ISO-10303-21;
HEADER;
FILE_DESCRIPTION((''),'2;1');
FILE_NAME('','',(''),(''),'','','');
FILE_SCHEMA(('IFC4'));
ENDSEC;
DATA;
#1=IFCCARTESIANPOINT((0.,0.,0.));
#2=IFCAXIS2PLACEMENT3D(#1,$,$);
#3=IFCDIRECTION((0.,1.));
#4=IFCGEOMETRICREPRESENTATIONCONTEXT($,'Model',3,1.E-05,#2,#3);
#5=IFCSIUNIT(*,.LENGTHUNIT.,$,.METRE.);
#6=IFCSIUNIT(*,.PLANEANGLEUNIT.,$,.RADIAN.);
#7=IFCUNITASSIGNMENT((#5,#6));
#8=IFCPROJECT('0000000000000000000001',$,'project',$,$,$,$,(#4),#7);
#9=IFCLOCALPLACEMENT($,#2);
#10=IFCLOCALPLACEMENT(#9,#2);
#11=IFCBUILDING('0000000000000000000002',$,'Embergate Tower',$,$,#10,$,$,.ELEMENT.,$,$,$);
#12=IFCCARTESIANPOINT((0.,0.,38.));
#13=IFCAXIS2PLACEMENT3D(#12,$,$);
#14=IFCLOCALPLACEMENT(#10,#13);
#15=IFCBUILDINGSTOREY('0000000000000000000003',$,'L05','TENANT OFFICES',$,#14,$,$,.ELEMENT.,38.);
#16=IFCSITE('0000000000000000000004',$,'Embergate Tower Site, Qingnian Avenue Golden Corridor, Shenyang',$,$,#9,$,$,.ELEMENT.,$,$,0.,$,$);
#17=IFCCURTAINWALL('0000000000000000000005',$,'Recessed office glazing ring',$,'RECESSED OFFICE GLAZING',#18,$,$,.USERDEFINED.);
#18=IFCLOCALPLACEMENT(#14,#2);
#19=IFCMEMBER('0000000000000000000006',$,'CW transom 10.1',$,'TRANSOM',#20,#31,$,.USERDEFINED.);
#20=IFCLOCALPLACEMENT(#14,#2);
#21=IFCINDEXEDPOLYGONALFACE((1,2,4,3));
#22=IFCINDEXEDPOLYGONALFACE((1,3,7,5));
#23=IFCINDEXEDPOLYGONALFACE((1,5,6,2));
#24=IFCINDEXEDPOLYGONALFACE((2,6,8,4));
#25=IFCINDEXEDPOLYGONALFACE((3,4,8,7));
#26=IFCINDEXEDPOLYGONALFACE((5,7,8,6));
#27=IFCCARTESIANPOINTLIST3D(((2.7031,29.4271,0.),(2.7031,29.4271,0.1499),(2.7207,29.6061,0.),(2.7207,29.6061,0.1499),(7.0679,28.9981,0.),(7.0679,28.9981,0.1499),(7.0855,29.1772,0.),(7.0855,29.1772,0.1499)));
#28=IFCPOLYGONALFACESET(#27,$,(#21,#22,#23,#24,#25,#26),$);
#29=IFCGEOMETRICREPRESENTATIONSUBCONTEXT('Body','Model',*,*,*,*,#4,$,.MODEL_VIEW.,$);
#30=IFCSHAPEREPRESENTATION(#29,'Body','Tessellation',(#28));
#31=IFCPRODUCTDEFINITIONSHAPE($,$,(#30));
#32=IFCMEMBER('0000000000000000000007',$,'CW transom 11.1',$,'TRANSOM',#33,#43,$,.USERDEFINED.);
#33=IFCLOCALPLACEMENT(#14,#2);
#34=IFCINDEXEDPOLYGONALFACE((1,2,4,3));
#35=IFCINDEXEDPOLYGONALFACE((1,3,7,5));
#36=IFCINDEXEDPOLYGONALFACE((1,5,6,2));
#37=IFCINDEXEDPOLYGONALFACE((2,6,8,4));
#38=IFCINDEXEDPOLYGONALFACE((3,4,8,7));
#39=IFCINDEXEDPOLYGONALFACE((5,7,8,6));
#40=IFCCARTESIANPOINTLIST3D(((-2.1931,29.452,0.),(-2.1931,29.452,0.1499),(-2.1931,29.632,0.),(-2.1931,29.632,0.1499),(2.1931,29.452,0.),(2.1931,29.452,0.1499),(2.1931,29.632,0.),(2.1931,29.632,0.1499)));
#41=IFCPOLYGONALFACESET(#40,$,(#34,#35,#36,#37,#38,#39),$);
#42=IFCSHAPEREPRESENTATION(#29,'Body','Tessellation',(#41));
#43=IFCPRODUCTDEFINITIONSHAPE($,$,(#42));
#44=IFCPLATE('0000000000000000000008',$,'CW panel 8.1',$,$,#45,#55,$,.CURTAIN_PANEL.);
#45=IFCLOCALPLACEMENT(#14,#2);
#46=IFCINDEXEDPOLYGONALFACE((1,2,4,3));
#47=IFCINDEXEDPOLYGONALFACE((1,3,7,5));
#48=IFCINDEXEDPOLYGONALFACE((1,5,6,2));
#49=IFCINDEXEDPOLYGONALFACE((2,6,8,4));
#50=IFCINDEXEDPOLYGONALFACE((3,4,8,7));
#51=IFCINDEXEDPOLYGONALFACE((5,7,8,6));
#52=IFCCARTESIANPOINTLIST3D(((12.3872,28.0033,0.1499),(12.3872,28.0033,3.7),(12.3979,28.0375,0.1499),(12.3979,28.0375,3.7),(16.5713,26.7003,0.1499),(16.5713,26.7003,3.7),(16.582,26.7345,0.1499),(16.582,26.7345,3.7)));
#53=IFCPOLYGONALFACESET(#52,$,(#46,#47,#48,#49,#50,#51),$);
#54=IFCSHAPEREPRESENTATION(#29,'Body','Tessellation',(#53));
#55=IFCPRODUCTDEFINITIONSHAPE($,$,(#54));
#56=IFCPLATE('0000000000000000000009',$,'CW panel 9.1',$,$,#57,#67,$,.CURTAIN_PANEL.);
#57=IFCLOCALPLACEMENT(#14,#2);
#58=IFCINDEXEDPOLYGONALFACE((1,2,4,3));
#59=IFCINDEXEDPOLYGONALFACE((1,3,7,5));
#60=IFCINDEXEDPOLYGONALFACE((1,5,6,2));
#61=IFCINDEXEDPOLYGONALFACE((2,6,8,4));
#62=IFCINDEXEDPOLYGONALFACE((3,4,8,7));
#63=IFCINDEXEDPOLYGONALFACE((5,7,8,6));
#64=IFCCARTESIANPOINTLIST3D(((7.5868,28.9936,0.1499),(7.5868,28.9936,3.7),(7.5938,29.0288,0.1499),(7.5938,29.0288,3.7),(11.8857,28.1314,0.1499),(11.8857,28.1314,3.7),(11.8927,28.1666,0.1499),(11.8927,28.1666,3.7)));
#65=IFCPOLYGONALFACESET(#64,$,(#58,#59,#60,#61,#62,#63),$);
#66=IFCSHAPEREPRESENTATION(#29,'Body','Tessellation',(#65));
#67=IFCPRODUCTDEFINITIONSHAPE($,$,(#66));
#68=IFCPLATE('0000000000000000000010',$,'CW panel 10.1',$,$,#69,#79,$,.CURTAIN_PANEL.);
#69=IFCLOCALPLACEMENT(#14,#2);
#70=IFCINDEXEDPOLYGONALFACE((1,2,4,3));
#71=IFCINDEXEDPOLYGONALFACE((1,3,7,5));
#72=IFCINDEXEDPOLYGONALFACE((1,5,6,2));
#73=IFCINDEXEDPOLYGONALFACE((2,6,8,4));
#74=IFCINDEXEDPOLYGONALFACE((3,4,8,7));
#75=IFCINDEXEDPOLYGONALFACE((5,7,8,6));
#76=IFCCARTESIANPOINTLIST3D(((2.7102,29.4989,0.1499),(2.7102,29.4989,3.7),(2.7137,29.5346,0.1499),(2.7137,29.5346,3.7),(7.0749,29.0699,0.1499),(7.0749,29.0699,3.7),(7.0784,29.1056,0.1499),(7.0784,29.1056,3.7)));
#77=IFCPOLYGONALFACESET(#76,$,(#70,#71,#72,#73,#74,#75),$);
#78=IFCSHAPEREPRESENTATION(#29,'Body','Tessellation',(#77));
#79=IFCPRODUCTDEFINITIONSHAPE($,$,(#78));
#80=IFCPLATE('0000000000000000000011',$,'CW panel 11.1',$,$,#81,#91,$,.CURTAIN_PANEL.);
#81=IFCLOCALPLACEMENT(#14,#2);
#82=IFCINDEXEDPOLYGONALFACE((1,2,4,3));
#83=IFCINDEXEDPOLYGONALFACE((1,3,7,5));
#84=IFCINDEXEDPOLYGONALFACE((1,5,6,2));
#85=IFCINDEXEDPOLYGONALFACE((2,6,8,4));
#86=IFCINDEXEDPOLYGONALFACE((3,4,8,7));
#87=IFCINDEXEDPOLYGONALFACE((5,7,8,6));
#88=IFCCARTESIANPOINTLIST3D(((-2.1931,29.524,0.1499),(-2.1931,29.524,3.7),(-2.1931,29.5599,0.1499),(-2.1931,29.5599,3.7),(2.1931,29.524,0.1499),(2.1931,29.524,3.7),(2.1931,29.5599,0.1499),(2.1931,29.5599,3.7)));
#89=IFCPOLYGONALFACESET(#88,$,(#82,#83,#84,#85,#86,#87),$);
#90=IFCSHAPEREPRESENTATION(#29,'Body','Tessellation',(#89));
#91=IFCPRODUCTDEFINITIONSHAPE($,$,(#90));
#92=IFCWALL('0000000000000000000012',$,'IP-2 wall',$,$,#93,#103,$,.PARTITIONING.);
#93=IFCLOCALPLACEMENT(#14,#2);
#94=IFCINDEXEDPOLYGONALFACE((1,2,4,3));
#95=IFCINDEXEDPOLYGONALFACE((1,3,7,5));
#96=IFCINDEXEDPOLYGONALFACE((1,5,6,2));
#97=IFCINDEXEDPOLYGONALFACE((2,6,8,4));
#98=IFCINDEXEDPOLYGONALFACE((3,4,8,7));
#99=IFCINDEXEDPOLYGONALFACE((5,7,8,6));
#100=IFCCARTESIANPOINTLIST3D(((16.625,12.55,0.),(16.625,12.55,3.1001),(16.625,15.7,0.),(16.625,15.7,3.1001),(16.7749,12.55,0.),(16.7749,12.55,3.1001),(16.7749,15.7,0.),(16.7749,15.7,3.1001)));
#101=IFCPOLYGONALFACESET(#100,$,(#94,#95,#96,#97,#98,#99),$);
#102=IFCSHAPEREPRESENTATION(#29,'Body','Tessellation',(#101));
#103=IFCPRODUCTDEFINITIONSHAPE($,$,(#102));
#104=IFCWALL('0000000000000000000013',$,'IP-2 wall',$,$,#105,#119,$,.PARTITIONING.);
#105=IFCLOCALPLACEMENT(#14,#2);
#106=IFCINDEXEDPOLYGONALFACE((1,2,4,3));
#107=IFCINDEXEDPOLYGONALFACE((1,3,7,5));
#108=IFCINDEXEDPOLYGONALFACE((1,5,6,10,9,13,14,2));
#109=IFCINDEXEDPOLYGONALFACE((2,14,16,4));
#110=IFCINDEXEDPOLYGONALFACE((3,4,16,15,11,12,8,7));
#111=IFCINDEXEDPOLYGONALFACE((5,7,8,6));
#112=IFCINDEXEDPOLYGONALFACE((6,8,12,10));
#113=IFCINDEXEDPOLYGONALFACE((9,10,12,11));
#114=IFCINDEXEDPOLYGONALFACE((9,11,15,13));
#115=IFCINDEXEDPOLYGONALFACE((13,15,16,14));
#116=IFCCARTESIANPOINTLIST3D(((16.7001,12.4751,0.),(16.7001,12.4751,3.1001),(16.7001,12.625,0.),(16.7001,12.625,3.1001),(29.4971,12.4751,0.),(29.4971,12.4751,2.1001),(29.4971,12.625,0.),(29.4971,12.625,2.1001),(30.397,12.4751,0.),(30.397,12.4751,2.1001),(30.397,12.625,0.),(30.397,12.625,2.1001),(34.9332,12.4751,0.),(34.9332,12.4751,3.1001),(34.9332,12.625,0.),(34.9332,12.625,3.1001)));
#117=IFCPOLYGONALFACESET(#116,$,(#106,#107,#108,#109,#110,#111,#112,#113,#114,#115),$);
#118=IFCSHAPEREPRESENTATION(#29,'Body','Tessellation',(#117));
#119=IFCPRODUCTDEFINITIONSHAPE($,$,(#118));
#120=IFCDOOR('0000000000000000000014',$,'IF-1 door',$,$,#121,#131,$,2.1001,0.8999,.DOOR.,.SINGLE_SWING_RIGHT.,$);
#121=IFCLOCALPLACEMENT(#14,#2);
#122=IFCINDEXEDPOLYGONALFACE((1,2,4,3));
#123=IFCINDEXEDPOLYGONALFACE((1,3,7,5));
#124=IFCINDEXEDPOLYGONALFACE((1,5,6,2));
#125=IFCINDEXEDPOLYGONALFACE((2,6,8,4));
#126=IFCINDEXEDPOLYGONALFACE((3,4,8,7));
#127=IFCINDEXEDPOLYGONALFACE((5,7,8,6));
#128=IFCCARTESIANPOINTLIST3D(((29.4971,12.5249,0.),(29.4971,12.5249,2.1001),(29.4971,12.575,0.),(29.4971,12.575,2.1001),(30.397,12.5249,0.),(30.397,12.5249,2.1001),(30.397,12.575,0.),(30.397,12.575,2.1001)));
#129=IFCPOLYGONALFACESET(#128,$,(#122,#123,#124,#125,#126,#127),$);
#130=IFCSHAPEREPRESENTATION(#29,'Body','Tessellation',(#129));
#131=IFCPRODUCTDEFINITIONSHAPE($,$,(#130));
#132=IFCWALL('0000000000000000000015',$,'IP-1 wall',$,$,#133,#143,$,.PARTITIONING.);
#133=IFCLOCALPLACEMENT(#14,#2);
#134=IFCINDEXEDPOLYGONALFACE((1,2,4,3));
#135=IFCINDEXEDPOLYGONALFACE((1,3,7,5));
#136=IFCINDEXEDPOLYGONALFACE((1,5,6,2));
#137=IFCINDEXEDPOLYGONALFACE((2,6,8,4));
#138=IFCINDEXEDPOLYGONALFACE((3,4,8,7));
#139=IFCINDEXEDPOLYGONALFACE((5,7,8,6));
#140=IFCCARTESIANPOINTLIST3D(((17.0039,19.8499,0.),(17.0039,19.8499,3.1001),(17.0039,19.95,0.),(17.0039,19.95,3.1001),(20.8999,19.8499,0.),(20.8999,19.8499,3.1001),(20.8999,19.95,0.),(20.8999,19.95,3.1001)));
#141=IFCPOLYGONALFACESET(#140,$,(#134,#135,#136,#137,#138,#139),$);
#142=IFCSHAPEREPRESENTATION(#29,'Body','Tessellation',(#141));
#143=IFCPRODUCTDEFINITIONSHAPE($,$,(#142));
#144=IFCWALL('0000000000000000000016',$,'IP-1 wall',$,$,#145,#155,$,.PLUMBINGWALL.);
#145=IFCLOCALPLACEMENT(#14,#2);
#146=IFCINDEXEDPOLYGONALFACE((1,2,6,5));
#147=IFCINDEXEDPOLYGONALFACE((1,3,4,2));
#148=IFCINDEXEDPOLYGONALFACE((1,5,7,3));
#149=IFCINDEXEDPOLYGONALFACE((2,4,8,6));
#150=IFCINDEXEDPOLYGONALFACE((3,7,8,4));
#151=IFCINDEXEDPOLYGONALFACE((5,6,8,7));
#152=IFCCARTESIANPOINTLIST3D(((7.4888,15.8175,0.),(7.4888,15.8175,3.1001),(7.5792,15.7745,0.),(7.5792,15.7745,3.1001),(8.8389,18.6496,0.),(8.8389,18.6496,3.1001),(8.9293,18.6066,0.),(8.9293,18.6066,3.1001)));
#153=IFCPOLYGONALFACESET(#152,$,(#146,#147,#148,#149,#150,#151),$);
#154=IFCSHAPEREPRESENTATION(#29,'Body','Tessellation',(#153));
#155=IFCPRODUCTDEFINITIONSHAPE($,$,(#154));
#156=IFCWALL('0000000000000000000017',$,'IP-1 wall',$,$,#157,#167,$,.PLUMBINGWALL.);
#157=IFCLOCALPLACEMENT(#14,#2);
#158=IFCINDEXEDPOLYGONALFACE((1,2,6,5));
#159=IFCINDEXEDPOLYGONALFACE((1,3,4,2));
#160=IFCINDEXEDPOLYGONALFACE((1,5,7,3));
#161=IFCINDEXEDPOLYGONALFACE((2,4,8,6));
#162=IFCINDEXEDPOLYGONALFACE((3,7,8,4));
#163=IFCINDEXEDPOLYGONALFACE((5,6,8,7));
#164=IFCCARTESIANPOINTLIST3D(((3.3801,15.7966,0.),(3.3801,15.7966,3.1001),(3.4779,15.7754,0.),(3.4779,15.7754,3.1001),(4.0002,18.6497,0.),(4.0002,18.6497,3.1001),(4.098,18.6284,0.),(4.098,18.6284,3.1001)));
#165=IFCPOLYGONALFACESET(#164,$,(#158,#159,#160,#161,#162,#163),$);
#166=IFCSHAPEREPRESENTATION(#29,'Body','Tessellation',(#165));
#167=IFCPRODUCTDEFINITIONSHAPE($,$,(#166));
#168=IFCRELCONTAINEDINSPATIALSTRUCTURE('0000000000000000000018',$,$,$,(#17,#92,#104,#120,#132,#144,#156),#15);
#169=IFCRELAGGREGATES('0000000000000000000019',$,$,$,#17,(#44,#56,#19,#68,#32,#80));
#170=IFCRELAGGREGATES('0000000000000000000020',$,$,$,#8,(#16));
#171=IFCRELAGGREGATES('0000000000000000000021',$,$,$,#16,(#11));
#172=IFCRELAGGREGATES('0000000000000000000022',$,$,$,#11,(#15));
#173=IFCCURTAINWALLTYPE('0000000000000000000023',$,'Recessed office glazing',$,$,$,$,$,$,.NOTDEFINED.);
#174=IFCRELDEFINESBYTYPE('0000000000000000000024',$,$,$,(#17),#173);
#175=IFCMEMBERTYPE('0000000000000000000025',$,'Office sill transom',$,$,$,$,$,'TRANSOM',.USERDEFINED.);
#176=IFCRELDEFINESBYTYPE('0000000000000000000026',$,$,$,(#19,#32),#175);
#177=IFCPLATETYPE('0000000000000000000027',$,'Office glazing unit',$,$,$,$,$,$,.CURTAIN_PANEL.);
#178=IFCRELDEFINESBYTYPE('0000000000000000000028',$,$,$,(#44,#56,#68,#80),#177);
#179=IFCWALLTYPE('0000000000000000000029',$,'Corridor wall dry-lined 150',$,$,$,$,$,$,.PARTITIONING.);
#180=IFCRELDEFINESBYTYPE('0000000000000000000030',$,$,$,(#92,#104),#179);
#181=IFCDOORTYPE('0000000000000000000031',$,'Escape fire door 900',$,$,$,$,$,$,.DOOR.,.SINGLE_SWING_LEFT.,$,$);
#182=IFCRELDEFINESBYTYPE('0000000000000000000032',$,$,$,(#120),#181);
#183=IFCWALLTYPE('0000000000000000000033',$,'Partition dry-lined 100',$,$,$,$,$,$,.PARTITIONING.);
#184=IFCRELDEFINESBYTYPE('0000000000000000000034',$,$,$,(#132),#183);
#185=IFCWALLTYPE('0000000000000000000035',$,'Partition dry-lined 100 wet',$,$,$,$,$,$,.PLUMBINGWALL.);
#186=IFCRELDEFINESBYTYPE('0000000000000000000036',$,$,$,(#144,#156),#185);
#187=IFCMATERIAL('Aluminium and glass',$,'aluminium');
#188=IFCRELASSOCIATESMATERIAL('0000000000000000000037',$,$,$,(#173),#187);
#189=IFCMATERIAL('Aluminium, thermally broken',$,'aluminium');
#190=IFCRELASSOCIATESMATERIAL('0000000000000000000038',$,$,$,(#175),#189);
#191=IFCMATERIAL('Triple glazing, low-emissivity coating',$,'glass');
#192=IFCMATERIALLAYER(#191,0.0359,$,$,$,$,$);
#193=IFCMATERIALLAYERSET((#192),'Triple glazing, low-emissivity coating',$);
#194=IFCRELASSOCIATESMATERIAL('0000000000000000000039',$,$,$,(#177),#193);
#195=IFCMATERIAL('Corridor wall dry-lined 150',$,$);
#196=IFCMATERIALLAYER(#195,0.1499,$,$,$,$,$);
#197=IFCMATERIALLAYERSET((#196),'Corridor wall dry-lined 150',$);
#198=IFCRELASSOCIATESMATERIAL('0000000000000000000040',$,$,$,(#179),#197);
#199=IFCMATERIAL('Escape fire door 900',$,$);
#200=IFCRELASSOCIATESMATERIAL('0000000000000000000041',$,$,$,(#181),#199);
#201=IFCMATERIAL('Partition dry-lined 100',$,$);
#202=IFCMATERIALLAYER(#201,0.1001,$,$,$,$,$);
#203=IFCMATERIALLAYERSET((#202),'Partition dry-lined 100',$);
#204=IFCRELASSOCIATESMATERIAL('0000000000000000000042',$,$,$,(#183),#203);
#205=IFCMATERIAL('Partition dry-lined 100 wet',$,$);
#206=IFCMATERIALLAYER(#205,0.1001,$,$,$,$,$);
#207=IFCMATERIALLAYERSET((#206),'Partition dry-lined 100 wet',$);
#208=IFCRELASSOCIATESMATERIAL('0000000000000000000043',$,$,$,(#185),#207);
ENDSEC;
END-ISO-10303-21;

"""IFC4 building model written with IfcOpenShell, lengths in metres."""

from ifc_helpers import new_model, si_unit, direction, frame, frame_2d, origin, origin_2d, place, context, subcontext, project, spatial, rectangle, extrude, source, transform, mapped, material, layer, layer_set, material_profile, profile_set, type_object, element, fill, aggregate, save


model = new_model("IFC4")

# Units and contexts
model_context = context("Model", 3, precision=1e-05, world=origin(), true_north=direction((0.0, 1.0)))
body_context = subcontext(model_context, "Body", "Model", "MODEL_VIEW")
ifc_project = project(units=[si_unit("LENGTHUNIT", "METRE"), si_unit("PLANEANGLEUNIT", "RADIAN")], contexts=[model_context])

# Site, building, storey
site_placement = place(None, origin())
site = spatial("IfcSite", under=ifc_project, at=site_placement, Name="Embergate Tower Site, Qingnian Avenue Golden Corridor, Shenyang", CompositionType="ELEMENT", RefElevation=0.0)
building_placement = place(site_placement, origin())
building = spatial("IfcBuilding", under=site, at=building_placement, Name="Embergate Tower", CompositionType="ELEMENT")
storey_placement = place(building_placement, frame((0.0, 0.0, 38.0)))
storey = spatial("IfcBuildingStorey", under=building, at=storey_placement, Name="L05", Description="TENANT OFFICES", CompositionType="ELEMENT", Elevation=38.0)

# Curtain wall, members, plates
ifc_material_1 = material(Name="Aluminium and glass", Category="aluminium")
curtain_wall_type = type_object("IfcCurtainWallType", Name="Recessed office glazing", PredefinedType="NOTDEFINED", material=ifc_material_1)
curtain_wall_placement = place(storey_placement, origin())
curtain_wall = element("IfcCurtainWall", 1, at=curtain_wall_placement, inside=storey, type_object=curtain_wall_type, Name="Recessed office glazing ring", ObjectType="RECESSED OFFICE GLAZING", PredefinedType="USERDEFINED")
ifc_material_2 = material(Name="Aluminium, thermally broken", Category="aluminium")
ifc_material_profile_1 = material_profile(ifc_material_2, rectangle(XDim=0.1799, YDim=0.1499, at=origin_2d()), Name="AL 150x180")
ifc_profile_set_1 = profile_set([ifc_material_profile_1], Name="Aluminium, thermally broken")
member_type_1 = type_object("IfcMemberType", Name="Office sill transom", ElementType="TRANSOM", PredefinedType="USERDEFINED", material=ifc_profile_set_1)
shared_shape_1 = source(origin(), body_context, "Body", "SweptSolid", [
    extrude(rectangle(XDim=0.1799, YDim=0.1499, at=origin_2d()), origin(), (0.0, 0.0, 1.0), 4.3857),
])
member_1_placement = place(storey_placement, frame((7.0767, 29.0876, 0.075), z_axis=(-0.995205, 0.097806, 0.0), x_axis=(-0.097806, -0.995205, 0.0)))
member_1 = element("IfcMember", 2, at=member_1_placement, type_object=member_type_1, Name="CW transom 10.1", ObjectType="TRANSOM", PredefinedType="USERDEFINED", context=body_context, shape_type="MappedRepresentation", body=[
    mapped(shared_shape_1, transform((0.0, 0.0, 0.0))),
])
shared_shape_2 = source(origin(), body_context, "Body", "SweptSolid", [
    extrude(rectangle(XDim=0.1799, YDim=0.1499, at=origin_2d()), origin(), (0.0, 0.0, 1.0), 4.3862),
])
member_2_placement = place(storey_placement, frame((2.1931, 29.542, 0.075), z_axis=(-1.0, 0.0, 0.0), x_axis=(0.0, -1.0, 0.0)))
member_2 = element("IfcMember", 3, at=member_2_placement, type_object=member_type_1, Name="CW transom 11.1", ObjectType="TRANSOM", PredefinedType="USERDEFINED", context=body_context, shape_type="MappedRepresentation", body=[
    mapped(shared_shape_2, transform((0.0, 0.0, 0.0))),
])
ifc_material_3 = material(Name="Triple glazing, low-emissivity coating", Category="glass")
ifc_layer_1 = layer(ifc_material_3, 0.0359)
ifc_layer_set_1 = layer_set([ifc_layer_1], Name="Triple glazing, low-emissivity coating")
plate_type = type_object("IfcPlateType", Name="Office glazing unit", PredefinedType="CURTAIN_PANEL", material=ifc_layer_set_1)
shared_shape_3 = source(origin(), body_context, "Body", "SweptSolid", [
    extrude(rectangle(XDim=4.3823, YDim=0.0359, at=origin_2d()), origin(), (0.0, 0.0, 1.0), 3.55),
])
plate_1_placement = place(storey_placement, frame((14.4846, 27.3689, 0.1499), z_axis=(0.0, 0.0, 1.0), x_axis=(-0.954773, 0.297337, 0.0)))
plate_1 = element("IfcPlate", 4, at=plate_1_placement, type_object=plate_type, Name="CW panel 8.1", PredefinedType="CURTAIN_PANEL", context=body_context, shape_type="MappedRepresentation", body=[
    mapped(shared_shape_3, transform((0.0, 0.0, 0.0))),
])
shared_shape_4 = source(origin(), body_context, "Body", "SweptSolid", [
    extrude(rectangle(XDim=4.3845, YDim=0.0359, at=origin_2d()), origin(), (0.0, 0.0, 1.0), 3.55),
])
plate_2_placement = place(storey_placement, frame((9.7397, 28.5801, 0.1499), z_axis=(0.0, 0.0, 1.0), x_axis=(-0.980476, 0.196639, 0.0)))
plate_2 = element("IfcPlate", 5, at=plate_2_placement, type_object=plate_type, Name="CW panel 9.1", PredefinedType="CURTAIN_PANEL", context=body_context, shape_type="MappedRepresentation", body=[
    mapped(shared_shape_4, transform((0.0, 0.0, 0.0))),
])
shared_shape_5 = source(origin(), body_context, "Body", "SweptSolid", [
    extrude(rectangle(XDim=4.3857, YDim=0.0359, at=origin_2d()), origin(), (0.0, 0.0, 1.0), 3.55),
])
plate_3_placement = place(storey_placement, frame((4.8943, 29.3022, 0.1499), z_axis=(0.0, 0.0, 1.0), x_axis=(-0.995203, 0.09783, 0.0)))
plate_3 = element("IfcPlate", 6, at=plate_3_placement, type_object=plate_type, Name="CW panel 10.1", PredefinedType="CURTAIN_PANEL", context=body_context, shape_type="MappedRepresentation", body=[
    mapped(shared_shape_5, transform((0.0, 0.0, 0.0))),
])
shared_shape_6 = source(origin(), body_context, "Body", "SweptSolid", [
    extrude(rectangle(XDim=4.3862, YDim=0.0359, at=origin_2d()), origin(), (0.0, 0.0, 1.0), 3.55),
])
plate_4_placement = place(storey_placement, frame((0.0, 29.542, 0.1499), z_axis=(0.0, 0.0, 1.0), x_axis=(-1.0, 0.0, 0.0)))
plate_4 = element("IfcPlate", 7, at=plate_4_placement, type_object=plate_type, Name="CW panel 11.1", PredefinedType="CURTAIN_PANEL", context=body_context, shape_type="MappedRepresentation", body=[
    mapped(shared_shape_6, transform((0.0, 0.0, 0.0))),
])
aggregate(curtain_wall, [plate_1, plate_2, member_1, plate_3, member_2, plate_4])

# Wall
ifc_material_4 = material(Name="Corridor wall dry-lined 150")
ifc_layer_2 = layer(ifc_material_4, 0.1499)
ifc_layer_set_2 = layer_set([ifc_layer_2], Name="Corridor wall dry-lined 150")
wall_type_1 = type_object("IfcWallType", Name="Corridor wall dry-lined 150", PredefinedType="PARTITIONING", material=ifc_layer_set_2)
shared_shape_7 = source(origin(), body_context, "Body", "SweptSolid", [
    extrude(rectangle(XDim=3.1499, YDim=0.1499, at=frame_2d((1.575, 0.0))), origin(), (0.0, 0.0, 1.0), 3.1001),
])
wall_1_placement = place(storey_placement, frame((16.7, 15.7, 0.0), z_axis=(0.0, 0.0, 1.0), x_axis=(0.0, -1.0, 0.0)))
element("IfcWall", 8, at=wall_1_placement, inside=storey, type_object=wall_type_1, Name="IP-2 wall", PredefinedType="PARTITIONING", context=body_context, shape_type="MappedRepresentation", body=[
    mapped(shared_shape_7, transform((0.0, 0.0, 0.0))),
])

# Wall, opening, door
shared_shape_8 = source(origin(), body_context, "Body", "SweptSolid", [
    extrude(rectangle(XDim=18.2332, YDim=0.1499, at=frame_2d((9.1167, 0.0))), origin(), (0.0, 0.0, 1.0), 3.1001),
])
wall_2_placement = place(storey_placement, frame((16.7, 12.55, 0.0), z_axis=(0.0, 0.0, 1.0), x_axis=(1.0, 0.0, 0.0)))
wall_2 = element("IfcWall", 9, at=wall_2_placement, inside=storey, type_object=wall_type_1, Name="IP-2 wall", PredefinedType="PARTITIONING", context=body_context, shape_type="MappedRepresentation", body=[
    mapped(shared_shape_8, transform((0.0, 0.0, 0.0))),
])
shared_shape_9 = source(origin(), body_context, "Body", "SweptSolid", [
    extrude(rectangle(XDim=0.8999, YDim=2.1001, at=frame_2d((0.45, 1.05))), frame((0.0, 0.085, 0.0), z_axis=(0.0, -1.0, 0.0), x_axis=(1.0, 0.0, 0.0)), (0.0, 0.0, 1.0), 0.1699),
])
opening_placement = place(wall_2_placement, frame((12.7971, 0.0, 0.0)))
opening = element("IfcOpeningElement", 10, at=opening_placement, cuts=wall_2, PredefinedType="OPENING", context=body_context, shape_type="MappedRepresentation", body=[
    mapped(shared_shape_9, transform((0.0, 0.0, 0.0))),
])
ifc_material_5 = material(Name="Escape fire door 900")
door_type = type_object("IfcDoorType", Name="Escape fire door 900", OperationType="SINGLE_SWING_LEFT", PredefinedType="DOOR", material=ifc_material_5)
shared_shape_10 = source(origin(), body_context, "Body", "SweptSolid", [
    extrude(rectangle(XDim=0.8999, YDim=2.1001, at=frame_2d((0.45, 1.05))), frame((0.0, 0.0249, 0.0), z_axis=(0.0, -1.0, 0.0), x_axis=(1.0, 0.0, 0.0)), (0.0, 0.0, 1.0), 0.05),
])
door_placement = place(opening_placement, origin())
door = element("IfcDoor", 11, at=door_placement, inside=storey, type_object=door_type, Name="IF-1 door", OperationType="SINGLE_SWING_RIGHT", OverallHeight=2.1001, OverallWidth=0.8999, PredefinedType="DOOR", context=body_context, shape_type="MappedRepresentation", body=[
    mapped(shared_shape_10, transform((0.0, 0.0, 0.0))),
])
fill(opening, door)

# Walls
ifc_material_6 = material(Name="Partition dry-lined 100")
ifc_layer_3 = layer(ifc_material_6, 0.1001)
ifc_layer_set_3 = layer_set([ifc_layer_3], Name="Partition dry-lined 100")
wall_type_2 = type_object("IfcWallType", Name="Partition dry-lined 100", PredefinedType="PARTITIONING", material=ifc_layer_set_3)
shared_shape_11 = source(origin(), body_context, "Body", "SweptSolid", [
    extrude(rectangle(XDim=3.896, YDim=0.1001, at=frame_2d((1.948, 0.0))), origin(), (0.0, 0.0, 1.0), 3.1001),
])
wall_3_placement = place(storey_placement, frame((17.0039, 19.8999, 0.0), z_axis=(0.0, 0.0, 1.0), x_axis=(1.0, 0.0, 0.0)))
element("IfcWall", 12, at=wall_3_placement, inside=storey, type_object=wall_type_2, Name="IP-1 wall", PredefinedType="PARTITIONING", context=body_context, shape_type="MappedRepresentation", body=[
    mapped(shared_shape_11, transform((0.0, 0.0, 0.0))),
])
ifc_material_7 = material(Name="Partition dry-lined 100 wet")
ifc_layer_4 = layer(ifc_material_7, 0.1001)
ifc_layer_set_4 = layer_set([ifc_layer_4], Name="Partition dry-lined 100 wet")
wall_type_3 = type_object("IfcWallType", Name="Partition dry-lined 100 wet", PredefinedType="PLUMBINGWALL", material=ifc_layer_set_4)
shared_shape_12 = source(origin(), body_context, "Body", "SweptSolid", [
    extrude(rectangle(XDim=3.1375, YDim=0.1001, at=frame_2d((1.5688, 0.0))), origin(), (0.0, 0.0, 1.0), 3.1001),
])
wall_4_placement = place(storey_placement, frame((7.5339, 15.7959, 0.0), z_axis=(0.0, 0.0, 1.0), x_axis=(0.430326, 0.902673, 0.0)))
element("IfcWall", 13, at=wall_4_placement, inside=storey, type_object=wall_type_3, Name="IP-1 wall", PredefinedType="PLUMBINGWALL", context=body_context, shape_type="MappedRepresentation", body=[
    mapped(shared_shape_12, transform((0.0, 0.0, 0.0))),
])
shared_shape_13 = source(origin(), body_context, "Body", "SweptSolid", [
    extrude(rectangle(XDim=2.9197, YDim=0.1001, at=frame_2d((1.46, 0.0))), origin(), (0.0, 0.0, 1.0), 3.1001),
])
wall_5_placement = place(storey_placement, frame((3.429, 15.7859, 0.0), z_axis=(0.0, 0.0, 1.0), x_axis=(0.212395, 0.977184, 0.0)))
element("IfcWall", 14, at=wall_5_placement, inside=storey, type_object=wall_type_3, Name="IP-1 wall", PredefinedType="PLUMBINGWALL", context=body_context, shape_type="MappedRepresentation", body=[
    mapped(shared_shape_13, transform((0.0, 0.0, 0.0))),
])

save(model, "model.ifc")
